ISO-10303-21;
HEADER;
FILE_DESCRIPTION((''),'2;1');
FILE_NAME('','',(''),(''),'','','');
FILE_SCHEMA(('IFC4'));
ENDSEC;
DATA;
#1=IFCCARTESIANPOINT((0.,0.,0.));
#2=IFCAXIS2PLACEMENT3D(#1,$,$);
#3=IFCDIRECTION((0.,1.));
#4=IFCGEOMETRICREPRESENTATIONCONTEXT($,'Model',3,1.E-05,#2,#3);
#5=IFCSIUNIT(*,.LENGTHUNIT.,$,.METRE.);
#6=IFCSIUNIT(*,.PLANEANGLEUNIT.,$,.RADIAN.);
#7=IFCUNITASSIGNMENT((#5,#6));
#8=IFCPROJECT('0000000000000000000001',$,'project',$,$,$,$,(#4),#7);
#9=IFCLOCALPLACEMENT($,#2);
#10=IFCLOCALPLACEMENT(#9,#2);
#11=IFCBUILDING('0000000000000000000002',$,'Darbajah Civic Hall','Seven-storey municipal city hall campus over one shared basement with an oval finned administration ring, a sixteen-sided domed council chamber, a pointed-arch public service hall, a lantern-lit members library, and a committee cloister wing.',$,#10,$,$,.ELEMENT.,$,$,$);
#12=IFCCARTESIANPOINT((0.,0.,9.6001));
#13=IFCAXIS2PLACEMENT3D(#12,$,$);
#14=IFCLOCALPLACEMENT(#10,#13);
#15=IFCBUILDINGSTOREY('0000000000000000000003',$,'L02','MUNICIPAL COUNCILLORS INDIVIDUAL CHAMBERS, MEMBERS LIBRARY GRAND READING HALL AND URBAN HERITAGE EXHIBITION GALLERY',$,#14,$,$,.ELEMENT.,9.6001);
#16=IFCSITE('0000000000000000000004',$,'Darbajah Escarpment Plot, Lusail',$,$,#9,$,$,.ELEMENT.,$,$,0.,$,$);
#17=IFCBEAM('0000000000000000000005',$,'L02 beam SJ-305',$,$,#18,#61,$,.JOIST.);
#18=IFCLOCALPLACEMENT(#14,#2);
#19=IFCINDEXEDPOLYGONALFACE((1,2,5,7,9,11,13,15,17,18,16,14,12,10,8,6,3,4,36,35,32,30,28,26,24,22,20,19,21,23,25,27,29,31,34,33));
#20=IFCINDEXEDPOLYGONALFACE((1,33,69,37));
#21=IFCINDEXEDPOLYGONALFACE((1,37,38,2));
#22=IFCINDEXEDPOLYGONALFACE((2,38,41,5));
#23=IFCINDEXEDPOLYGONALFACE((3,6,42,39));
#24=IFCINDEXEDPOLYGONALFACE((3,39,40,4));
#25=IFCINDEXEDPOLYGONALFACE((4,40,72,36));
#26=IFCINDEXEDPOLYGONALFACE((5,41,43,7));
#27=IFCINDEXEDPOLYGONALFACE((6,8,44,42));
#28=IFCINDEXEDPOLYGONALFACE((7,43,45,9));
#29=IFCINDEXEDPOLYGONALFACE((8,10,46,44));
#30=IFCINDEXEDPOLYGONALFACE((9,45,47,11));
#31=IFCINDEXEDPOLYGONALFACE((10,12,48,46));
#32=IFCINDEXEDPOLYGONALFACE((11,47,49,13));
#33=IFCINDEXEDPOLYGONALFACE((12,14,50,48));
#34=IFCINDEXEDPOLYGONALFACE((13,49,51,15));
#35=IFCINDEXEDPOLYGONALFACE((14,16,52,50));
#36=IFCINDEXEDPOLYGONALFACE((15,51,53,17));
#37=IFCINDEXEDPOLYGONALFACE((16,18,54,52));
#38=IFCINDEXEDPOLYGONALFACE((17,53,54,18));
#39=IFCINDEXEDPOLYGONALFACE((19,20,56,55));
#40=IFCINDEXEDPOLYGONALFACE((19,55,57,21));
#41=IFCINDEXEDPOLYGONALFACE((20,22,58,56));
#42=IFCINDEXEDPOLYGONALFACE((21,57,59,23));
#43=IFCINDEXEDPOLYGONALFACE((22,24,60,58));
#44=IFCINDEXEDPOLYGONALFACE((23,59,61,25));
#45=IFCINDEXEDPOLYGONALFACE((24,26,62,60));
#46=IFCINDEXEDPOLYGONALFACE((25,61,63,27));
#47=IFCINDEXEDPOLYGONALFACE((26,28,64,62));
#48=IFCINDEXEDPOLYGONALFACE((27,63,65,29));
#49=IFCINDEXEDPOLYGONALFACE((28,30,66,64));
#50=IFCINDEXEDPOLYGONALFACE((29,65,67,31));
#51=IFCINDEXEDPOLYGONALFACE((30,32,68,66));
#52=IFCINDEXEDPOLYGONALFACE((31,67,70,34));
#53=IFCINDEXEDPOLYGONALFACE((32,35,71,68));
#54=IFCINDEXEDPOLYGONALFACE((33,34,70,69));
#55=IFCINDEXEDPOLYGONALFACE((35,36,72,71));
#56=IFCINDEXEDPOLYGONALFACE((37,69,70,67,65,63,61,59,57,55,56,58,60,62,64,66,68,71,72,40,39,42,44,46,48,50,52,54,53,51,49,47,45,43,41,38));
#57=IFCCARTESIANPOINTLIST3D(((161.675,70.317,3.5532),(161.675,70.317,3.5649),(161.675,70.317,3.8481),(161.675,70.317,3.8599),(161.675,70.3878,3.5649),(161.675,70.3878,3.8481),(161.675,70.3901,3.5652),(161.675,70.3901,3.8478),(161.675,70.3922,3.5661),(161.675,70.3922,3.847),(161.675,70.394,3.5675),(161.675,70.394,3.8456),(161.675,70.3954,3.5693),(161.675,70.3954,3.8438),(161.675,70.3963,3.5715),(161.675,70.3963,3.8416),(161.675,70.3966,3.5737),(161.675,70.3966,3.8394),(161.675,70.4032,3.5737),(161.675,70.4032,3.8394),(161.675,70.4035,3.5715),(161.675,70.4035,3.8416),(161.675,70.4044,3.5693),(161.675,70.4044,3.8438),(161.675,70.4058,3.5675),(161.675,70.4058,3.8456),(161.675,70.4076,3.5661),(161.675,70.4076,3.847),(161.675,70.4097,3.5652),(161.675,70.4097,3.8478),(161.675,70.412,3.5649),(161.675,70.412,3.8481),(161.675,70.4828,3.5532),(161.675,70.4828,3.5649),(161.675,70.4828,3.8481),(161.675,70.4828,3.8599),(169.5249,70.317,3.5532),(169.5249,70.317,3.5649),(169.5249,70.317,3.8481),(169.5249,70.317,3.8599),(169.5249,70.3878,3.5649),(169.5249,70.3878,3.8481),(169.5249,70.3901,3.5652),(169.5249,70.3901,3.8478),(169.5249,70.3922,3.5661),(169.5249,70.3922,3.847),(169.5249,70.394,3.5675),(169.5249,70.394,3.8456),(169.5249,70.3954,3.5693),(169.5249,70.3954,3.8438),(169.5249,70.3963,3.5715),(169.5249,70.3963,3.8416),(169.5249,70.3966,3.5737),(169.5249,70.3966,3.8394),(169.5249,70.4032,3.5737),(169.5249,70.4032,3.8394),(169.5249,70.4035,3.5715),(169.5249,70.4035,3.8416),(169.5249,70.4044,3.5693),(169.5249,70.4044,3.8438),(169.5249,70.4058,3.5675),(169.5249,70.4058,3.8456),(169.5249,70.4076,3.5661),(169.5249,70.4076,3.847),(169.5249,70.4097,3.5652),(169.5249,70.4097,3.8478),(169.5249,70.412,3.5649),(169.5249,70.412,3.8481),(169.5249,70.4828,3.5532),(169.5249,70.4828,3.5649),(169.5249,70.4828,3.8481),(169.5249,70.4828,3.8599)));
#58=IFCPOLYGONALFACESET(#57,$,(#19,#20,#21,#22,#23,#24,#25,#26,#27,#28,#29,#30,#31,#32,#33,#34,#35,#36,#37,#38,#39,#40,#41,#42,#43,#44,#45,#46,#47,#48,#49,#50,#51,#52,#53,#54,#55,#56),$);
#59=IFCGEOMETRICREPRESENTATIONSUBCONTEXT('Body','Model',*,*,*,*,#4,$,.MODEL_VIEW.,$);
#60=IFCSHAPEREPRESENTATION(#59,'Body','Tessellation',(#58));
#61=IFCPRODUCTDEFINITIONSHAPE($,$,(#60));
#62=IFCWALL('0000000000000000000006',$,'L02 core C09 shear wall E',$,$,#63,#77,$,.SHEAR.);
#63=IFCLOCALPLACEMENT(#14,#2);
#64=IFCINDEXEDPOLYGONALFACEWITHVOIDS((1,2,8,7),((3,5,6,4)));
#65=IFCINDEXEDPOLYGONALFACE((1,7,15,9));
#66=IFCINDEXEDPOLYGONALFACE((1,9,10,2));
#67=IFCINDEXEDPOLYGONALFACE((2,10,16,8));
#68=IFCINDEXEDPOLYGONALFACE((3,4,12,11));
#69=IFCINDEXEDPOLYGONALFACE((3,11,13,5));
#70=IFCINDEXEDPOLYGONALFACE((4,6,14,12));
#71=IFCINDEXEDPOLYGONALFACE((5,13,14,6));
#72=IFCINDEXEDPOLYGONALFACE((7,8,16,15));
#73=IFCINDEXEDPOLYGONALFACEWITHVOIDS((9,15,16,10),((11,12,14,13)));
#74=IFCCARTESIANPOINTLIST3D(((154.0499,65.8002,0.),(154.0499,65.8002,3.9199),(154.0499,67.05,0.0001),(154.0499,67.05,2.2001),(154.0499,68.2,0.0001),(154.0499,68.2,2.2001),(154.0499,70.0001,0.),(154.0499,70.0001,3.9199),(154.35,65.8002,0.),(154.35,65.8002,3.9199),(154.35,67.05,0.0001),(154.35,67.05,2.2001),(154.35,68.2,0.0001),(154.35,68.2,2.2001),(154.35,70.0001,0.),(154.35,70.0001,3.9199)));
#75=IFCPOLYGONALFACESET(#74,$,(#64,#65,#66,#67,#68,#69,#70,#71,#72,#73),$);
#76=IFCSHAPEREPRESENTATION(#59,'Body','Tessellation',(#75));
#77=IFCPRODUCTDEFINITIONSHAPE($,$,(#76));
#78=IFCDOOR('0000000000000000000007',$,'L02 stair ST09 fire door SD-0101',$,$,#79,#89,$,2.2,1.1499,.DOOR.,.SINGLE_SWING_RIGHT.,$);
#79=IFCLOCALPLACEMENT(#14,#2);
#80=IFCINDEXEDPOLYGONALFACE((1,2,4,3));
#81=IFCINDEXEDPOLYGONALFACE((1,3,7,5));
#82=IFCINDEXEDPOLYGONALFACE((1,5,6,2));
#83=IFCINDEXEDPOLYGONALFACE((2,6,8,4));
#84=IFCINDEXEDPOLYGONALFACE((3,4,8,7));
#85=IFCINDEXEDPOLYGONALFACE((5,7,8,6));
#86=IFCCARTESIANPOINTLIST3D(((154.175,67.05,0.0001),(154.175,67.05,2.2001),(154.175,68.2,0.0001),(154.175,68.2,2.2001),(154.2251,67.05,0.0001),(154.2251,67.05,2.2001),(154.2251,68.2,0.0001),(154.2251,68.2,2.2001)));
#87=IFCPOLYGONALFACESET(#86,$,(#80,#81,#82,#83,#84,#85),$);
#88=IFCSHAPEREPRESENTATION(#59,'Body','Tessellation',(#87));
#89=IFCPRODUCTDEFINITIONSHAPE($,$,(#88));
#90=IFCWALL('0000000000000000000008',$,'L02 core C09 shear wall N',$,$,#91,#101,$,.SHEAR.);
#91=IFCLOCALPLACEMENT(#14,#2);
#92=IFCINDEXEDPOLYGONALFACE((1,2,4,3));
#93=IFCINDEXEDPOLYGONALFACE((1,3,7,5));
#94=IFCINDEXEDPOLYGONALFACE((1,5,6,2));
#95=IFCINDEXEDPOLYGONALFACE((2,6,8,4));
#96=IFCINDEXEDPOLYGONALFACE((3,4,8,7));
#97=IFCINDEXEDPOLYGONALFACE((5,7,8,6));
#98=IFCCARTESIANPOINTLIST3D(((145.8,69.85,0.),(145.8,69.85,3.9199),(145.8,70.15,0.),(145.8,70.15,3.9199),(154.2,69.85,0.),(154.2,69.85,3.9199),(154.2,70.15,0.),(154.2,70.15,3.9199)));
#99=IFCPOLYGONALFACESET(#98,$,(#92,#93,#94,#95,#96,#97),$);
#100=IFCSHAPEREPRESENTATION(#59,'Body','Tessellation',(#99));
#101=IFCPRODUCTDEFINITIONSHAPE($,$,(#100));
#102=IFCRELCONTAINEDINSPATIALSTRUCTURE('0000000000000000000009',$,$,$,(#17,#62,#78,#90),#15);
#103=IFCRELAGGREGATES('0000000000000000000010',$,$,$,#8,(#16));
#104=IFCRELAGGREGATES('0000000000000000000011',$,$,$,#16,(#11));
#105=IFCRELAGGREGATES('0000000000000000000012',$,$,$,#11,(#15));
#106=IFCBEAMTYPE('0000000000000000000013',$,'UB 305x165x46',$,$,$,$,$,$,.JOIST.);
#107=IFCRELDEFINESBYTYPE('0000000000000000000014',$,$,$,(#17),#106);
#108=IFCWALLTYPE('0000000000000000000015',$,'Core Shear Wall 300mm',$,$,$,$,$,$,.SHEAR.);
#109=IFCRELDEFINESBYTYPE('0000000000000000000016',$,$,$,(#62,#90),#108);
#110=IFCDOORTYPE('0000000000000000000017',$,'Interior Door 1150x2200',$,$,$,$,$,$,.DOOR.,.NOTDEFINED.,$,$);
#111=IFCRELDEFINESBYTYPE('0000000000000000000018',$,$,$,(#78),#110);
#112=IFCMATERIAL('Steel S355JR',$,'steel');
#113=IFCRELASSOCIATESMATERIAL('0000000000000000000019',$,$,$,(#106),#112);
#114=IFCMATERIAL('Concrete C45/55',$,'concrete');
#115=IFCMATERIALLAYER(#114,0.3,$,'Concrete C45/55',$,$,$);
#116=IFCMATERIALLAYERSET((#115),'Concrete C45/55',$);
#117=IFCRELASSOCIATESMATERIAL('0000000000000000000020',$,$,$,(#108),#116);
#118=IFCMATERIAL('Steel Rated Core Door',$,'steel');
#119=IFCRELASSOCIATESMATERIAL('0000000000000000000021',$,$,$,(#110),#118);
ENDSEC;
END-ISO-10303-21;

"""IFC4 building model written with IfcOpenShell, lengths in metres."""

from ifc_helpers import new_model, si_unit, direction, frame, frame_2d, origin, origin_2d, place, context, subcontext, project, spatial, rectangle, i_section, extrude, material, layer, layer_set, material_profile, profile_set, type_object, element, fill, save


model = new_model("IFC4")

# Units and contexts
model_context = context("Model", 3, precision=1e-05, world=origin(), true_north=direction((0.0, 1.0)))
body_context = subcontext(model_context, "Body", "Model", "MODEL_VIEW")
ifc_project = project(units=[si_unit("LENGTHUNIT", "METRE"), si_unit("PLANEANGLEUNIT", "RADIAN")], contexts=[model_context])

# Site, building, storey
site_placement = place(None, origin())
site = spatial("IfcSite", under=ifc_project, at=site_placement, Name="Darbajah Escarpment Plot, Lusail", CompositionType="ELEMENT", RefElevation=0.0)
building_placement = place(site_placement, origin())
building = spatial("IfcBuilding", under=site, at=building_placement, Name="Darbajah Civic Hall", Description="Seven-storey municipal city hall campus over one shared basement with an oval finned administration ring, a sixteen-sided domed council chamber, a pointed-arch public service hall, a lantern-lit members library, and a committee cloister wing.", CompositionType="ELEMENT")
storey_placement = place(building_placement, frame((0.0, 0.0, 9.6001)))
storey = spatial("IfcBuildingStorey", under=building, at=storey_placement, Name="L02", Description="MUNICIPAL COUNCILLORS INDIVIDUAL CHAMBERS, MEMBERS LIBRARY GRAND READING HALL AND URBAN HERITAGE EXHIBITION GALLERY", CompositionType="ELEMENT", Elevation=9.6001)

# Shared definitions
ifc_material_1 = material(Name="Concrete C45/55", Category="concrete")

# Beam
ifc_material_2 = material(Name="Steel S355JR", Category="steel")
ifc_material_profile_1 = material_profile(ifc_material_2, i_section(OverallWidth=0.1658, OverallDepth=0.3066, WebThickness=0.0066, FlangeThickness=0.0117, FilletRadius=0.0088, at=origin_2d()), Name="UB 305x165x46")
ifc_profile_set_1 = profile_set([ifc_material_profile_1], Name="Steel S355JR")
beam_type_1 = type_object("IfcBeamType", Name="UB 305x165x46", PredefinedType="JOIST", material=ifc_profile_set_1)
for number, where, z_axis, x_axis, name in (
    (1, (161.675, 70.3999, 3.7065), (1.0, 0.0, 0.0), (0.0, 1.0, 0.0), "L02 beam SJ-305"),
):
    element("IfcBeam", number, at=place(storey_placement, frame(where, z_axis=z_axis, x_axis=x_axis)), inside=storey, type_object=beam_type_1, Name=name, PredefinedType="JOIST", context=body_context, shape_type="SweptSolid", body=[
        extrude(i_section(OverallWidth=0.1658, OverallDepth=0.3066, WebThickness=0.0066, FlangeThickness=0.0117, FilletRadius=0.0088, at=origin_2d()), origin(), (0.0, 0.0, 1.0), 7.8499),
    ])

# Wall, opening, door
ifc_layer = layer(ifc_material_1, 0.3, Name="Concrete C45/55")
ifc_layer_set = layer_set([ifc_layer], Name="Concrete C45/55")
wall_type = type_object("IfcWallType", Name="Core Shear Wall 300mm", PredefinedType="SHEAR", material=ifc_layer_set)
wall_1_placement = place(storey_placement, frame((154.2, 65.8, 0.0), z_axis=(0.0, 0.0, 1.0), x_axis=(0.0, 1.0, 0.0)))
wall_1 = element("IfcWall", 2, at=wall_1_placement, inside=storey, type_object=wall_type, Name="L02 core C09 shear wall E", PredefinedType="SHEAR", context=body_context, shape_type="SweptSolid", body=[
    extrude(rectangle(XDim=4.2, YDim=0.3, at=frame_2d((2.1001, 0.0))), origin(), (0.0, 0.0, 1.0), 3.9199),
])
opening_placement = place(wall_1_placement, frame((1.25, 0.0, 0.0)))
opening = element("IfcOpeningElement", 3, at=opening_placement, cuts=wall_1, PredefinedType="OPENING", context=body_context, shape_type="SweptSolid", body=[
    extrude(rectangle(XDim=1.1499, YDim=2.2, at=frame_2d((0.575, 1.1001))), frame((0.0, 0.1599, 0.0), z_axis=(0.0, -1.0, 0.0), x_axis=(1.0, 0.0, 0.0)), (0.0, 0.0, 1.0), 0.3201),
])
ifc_material_3 = material(Name="Steel Rated Core Door", Category="steel")
door_type = type_object("IfcDoorType", Name="Interior Door 1150x2200", OperationType="NOTDEFINED", PredefinedType="DOOR", material=ifc_material_3)
door_placement = place(opening_placement, origin())
door = element("IfcDoor", 4, at=door_placement, inside=storey, type_object=door_type, Name="L02 stair ST09 fire door SD-0101", OperationType="SINGLE_SWING_RIGHT", OverallHeight=2.2, OverallWidth=1.1499, PredefinedType="DOOR", context=body_context, shape_type="SweptSolid", body=[
    extrude(rectangle(XDim=1.1499, YDim=2.2, at=frame_2d((0.575, 1.1001))), frame((0.0, 0.0249, 0.0), z_axis=(0.0, -1.0, 0.0), x_axis=(1.0, 0.0, 0.0)), (0.0, 0.0, 1.0), 0.05),
])
fill(opening, door)

# Wall
wall_2_placement = place(storey_placement, frame((154.2, 70.0, 0.0), z_axis=(0.0, 0.0, 1.0), x_axis=(-1.0, 0.0, 0.0)))
element("IfcWall", 5, at=wall_2_placement, inside=storey, type_object=wall_type, Name="L02 core C09 shear wall N", PredefinedType="SHEAR", context=body_context, shape_type="SweptSolid", body=[
    extrude(rectangle(XDim=8.3999, YDim=0.3, at=frame_2d((4.2, 0.0))), origin(), (0.0, 0.0, 1.0), 3.9199),
])

save(model, "model.ifc")
